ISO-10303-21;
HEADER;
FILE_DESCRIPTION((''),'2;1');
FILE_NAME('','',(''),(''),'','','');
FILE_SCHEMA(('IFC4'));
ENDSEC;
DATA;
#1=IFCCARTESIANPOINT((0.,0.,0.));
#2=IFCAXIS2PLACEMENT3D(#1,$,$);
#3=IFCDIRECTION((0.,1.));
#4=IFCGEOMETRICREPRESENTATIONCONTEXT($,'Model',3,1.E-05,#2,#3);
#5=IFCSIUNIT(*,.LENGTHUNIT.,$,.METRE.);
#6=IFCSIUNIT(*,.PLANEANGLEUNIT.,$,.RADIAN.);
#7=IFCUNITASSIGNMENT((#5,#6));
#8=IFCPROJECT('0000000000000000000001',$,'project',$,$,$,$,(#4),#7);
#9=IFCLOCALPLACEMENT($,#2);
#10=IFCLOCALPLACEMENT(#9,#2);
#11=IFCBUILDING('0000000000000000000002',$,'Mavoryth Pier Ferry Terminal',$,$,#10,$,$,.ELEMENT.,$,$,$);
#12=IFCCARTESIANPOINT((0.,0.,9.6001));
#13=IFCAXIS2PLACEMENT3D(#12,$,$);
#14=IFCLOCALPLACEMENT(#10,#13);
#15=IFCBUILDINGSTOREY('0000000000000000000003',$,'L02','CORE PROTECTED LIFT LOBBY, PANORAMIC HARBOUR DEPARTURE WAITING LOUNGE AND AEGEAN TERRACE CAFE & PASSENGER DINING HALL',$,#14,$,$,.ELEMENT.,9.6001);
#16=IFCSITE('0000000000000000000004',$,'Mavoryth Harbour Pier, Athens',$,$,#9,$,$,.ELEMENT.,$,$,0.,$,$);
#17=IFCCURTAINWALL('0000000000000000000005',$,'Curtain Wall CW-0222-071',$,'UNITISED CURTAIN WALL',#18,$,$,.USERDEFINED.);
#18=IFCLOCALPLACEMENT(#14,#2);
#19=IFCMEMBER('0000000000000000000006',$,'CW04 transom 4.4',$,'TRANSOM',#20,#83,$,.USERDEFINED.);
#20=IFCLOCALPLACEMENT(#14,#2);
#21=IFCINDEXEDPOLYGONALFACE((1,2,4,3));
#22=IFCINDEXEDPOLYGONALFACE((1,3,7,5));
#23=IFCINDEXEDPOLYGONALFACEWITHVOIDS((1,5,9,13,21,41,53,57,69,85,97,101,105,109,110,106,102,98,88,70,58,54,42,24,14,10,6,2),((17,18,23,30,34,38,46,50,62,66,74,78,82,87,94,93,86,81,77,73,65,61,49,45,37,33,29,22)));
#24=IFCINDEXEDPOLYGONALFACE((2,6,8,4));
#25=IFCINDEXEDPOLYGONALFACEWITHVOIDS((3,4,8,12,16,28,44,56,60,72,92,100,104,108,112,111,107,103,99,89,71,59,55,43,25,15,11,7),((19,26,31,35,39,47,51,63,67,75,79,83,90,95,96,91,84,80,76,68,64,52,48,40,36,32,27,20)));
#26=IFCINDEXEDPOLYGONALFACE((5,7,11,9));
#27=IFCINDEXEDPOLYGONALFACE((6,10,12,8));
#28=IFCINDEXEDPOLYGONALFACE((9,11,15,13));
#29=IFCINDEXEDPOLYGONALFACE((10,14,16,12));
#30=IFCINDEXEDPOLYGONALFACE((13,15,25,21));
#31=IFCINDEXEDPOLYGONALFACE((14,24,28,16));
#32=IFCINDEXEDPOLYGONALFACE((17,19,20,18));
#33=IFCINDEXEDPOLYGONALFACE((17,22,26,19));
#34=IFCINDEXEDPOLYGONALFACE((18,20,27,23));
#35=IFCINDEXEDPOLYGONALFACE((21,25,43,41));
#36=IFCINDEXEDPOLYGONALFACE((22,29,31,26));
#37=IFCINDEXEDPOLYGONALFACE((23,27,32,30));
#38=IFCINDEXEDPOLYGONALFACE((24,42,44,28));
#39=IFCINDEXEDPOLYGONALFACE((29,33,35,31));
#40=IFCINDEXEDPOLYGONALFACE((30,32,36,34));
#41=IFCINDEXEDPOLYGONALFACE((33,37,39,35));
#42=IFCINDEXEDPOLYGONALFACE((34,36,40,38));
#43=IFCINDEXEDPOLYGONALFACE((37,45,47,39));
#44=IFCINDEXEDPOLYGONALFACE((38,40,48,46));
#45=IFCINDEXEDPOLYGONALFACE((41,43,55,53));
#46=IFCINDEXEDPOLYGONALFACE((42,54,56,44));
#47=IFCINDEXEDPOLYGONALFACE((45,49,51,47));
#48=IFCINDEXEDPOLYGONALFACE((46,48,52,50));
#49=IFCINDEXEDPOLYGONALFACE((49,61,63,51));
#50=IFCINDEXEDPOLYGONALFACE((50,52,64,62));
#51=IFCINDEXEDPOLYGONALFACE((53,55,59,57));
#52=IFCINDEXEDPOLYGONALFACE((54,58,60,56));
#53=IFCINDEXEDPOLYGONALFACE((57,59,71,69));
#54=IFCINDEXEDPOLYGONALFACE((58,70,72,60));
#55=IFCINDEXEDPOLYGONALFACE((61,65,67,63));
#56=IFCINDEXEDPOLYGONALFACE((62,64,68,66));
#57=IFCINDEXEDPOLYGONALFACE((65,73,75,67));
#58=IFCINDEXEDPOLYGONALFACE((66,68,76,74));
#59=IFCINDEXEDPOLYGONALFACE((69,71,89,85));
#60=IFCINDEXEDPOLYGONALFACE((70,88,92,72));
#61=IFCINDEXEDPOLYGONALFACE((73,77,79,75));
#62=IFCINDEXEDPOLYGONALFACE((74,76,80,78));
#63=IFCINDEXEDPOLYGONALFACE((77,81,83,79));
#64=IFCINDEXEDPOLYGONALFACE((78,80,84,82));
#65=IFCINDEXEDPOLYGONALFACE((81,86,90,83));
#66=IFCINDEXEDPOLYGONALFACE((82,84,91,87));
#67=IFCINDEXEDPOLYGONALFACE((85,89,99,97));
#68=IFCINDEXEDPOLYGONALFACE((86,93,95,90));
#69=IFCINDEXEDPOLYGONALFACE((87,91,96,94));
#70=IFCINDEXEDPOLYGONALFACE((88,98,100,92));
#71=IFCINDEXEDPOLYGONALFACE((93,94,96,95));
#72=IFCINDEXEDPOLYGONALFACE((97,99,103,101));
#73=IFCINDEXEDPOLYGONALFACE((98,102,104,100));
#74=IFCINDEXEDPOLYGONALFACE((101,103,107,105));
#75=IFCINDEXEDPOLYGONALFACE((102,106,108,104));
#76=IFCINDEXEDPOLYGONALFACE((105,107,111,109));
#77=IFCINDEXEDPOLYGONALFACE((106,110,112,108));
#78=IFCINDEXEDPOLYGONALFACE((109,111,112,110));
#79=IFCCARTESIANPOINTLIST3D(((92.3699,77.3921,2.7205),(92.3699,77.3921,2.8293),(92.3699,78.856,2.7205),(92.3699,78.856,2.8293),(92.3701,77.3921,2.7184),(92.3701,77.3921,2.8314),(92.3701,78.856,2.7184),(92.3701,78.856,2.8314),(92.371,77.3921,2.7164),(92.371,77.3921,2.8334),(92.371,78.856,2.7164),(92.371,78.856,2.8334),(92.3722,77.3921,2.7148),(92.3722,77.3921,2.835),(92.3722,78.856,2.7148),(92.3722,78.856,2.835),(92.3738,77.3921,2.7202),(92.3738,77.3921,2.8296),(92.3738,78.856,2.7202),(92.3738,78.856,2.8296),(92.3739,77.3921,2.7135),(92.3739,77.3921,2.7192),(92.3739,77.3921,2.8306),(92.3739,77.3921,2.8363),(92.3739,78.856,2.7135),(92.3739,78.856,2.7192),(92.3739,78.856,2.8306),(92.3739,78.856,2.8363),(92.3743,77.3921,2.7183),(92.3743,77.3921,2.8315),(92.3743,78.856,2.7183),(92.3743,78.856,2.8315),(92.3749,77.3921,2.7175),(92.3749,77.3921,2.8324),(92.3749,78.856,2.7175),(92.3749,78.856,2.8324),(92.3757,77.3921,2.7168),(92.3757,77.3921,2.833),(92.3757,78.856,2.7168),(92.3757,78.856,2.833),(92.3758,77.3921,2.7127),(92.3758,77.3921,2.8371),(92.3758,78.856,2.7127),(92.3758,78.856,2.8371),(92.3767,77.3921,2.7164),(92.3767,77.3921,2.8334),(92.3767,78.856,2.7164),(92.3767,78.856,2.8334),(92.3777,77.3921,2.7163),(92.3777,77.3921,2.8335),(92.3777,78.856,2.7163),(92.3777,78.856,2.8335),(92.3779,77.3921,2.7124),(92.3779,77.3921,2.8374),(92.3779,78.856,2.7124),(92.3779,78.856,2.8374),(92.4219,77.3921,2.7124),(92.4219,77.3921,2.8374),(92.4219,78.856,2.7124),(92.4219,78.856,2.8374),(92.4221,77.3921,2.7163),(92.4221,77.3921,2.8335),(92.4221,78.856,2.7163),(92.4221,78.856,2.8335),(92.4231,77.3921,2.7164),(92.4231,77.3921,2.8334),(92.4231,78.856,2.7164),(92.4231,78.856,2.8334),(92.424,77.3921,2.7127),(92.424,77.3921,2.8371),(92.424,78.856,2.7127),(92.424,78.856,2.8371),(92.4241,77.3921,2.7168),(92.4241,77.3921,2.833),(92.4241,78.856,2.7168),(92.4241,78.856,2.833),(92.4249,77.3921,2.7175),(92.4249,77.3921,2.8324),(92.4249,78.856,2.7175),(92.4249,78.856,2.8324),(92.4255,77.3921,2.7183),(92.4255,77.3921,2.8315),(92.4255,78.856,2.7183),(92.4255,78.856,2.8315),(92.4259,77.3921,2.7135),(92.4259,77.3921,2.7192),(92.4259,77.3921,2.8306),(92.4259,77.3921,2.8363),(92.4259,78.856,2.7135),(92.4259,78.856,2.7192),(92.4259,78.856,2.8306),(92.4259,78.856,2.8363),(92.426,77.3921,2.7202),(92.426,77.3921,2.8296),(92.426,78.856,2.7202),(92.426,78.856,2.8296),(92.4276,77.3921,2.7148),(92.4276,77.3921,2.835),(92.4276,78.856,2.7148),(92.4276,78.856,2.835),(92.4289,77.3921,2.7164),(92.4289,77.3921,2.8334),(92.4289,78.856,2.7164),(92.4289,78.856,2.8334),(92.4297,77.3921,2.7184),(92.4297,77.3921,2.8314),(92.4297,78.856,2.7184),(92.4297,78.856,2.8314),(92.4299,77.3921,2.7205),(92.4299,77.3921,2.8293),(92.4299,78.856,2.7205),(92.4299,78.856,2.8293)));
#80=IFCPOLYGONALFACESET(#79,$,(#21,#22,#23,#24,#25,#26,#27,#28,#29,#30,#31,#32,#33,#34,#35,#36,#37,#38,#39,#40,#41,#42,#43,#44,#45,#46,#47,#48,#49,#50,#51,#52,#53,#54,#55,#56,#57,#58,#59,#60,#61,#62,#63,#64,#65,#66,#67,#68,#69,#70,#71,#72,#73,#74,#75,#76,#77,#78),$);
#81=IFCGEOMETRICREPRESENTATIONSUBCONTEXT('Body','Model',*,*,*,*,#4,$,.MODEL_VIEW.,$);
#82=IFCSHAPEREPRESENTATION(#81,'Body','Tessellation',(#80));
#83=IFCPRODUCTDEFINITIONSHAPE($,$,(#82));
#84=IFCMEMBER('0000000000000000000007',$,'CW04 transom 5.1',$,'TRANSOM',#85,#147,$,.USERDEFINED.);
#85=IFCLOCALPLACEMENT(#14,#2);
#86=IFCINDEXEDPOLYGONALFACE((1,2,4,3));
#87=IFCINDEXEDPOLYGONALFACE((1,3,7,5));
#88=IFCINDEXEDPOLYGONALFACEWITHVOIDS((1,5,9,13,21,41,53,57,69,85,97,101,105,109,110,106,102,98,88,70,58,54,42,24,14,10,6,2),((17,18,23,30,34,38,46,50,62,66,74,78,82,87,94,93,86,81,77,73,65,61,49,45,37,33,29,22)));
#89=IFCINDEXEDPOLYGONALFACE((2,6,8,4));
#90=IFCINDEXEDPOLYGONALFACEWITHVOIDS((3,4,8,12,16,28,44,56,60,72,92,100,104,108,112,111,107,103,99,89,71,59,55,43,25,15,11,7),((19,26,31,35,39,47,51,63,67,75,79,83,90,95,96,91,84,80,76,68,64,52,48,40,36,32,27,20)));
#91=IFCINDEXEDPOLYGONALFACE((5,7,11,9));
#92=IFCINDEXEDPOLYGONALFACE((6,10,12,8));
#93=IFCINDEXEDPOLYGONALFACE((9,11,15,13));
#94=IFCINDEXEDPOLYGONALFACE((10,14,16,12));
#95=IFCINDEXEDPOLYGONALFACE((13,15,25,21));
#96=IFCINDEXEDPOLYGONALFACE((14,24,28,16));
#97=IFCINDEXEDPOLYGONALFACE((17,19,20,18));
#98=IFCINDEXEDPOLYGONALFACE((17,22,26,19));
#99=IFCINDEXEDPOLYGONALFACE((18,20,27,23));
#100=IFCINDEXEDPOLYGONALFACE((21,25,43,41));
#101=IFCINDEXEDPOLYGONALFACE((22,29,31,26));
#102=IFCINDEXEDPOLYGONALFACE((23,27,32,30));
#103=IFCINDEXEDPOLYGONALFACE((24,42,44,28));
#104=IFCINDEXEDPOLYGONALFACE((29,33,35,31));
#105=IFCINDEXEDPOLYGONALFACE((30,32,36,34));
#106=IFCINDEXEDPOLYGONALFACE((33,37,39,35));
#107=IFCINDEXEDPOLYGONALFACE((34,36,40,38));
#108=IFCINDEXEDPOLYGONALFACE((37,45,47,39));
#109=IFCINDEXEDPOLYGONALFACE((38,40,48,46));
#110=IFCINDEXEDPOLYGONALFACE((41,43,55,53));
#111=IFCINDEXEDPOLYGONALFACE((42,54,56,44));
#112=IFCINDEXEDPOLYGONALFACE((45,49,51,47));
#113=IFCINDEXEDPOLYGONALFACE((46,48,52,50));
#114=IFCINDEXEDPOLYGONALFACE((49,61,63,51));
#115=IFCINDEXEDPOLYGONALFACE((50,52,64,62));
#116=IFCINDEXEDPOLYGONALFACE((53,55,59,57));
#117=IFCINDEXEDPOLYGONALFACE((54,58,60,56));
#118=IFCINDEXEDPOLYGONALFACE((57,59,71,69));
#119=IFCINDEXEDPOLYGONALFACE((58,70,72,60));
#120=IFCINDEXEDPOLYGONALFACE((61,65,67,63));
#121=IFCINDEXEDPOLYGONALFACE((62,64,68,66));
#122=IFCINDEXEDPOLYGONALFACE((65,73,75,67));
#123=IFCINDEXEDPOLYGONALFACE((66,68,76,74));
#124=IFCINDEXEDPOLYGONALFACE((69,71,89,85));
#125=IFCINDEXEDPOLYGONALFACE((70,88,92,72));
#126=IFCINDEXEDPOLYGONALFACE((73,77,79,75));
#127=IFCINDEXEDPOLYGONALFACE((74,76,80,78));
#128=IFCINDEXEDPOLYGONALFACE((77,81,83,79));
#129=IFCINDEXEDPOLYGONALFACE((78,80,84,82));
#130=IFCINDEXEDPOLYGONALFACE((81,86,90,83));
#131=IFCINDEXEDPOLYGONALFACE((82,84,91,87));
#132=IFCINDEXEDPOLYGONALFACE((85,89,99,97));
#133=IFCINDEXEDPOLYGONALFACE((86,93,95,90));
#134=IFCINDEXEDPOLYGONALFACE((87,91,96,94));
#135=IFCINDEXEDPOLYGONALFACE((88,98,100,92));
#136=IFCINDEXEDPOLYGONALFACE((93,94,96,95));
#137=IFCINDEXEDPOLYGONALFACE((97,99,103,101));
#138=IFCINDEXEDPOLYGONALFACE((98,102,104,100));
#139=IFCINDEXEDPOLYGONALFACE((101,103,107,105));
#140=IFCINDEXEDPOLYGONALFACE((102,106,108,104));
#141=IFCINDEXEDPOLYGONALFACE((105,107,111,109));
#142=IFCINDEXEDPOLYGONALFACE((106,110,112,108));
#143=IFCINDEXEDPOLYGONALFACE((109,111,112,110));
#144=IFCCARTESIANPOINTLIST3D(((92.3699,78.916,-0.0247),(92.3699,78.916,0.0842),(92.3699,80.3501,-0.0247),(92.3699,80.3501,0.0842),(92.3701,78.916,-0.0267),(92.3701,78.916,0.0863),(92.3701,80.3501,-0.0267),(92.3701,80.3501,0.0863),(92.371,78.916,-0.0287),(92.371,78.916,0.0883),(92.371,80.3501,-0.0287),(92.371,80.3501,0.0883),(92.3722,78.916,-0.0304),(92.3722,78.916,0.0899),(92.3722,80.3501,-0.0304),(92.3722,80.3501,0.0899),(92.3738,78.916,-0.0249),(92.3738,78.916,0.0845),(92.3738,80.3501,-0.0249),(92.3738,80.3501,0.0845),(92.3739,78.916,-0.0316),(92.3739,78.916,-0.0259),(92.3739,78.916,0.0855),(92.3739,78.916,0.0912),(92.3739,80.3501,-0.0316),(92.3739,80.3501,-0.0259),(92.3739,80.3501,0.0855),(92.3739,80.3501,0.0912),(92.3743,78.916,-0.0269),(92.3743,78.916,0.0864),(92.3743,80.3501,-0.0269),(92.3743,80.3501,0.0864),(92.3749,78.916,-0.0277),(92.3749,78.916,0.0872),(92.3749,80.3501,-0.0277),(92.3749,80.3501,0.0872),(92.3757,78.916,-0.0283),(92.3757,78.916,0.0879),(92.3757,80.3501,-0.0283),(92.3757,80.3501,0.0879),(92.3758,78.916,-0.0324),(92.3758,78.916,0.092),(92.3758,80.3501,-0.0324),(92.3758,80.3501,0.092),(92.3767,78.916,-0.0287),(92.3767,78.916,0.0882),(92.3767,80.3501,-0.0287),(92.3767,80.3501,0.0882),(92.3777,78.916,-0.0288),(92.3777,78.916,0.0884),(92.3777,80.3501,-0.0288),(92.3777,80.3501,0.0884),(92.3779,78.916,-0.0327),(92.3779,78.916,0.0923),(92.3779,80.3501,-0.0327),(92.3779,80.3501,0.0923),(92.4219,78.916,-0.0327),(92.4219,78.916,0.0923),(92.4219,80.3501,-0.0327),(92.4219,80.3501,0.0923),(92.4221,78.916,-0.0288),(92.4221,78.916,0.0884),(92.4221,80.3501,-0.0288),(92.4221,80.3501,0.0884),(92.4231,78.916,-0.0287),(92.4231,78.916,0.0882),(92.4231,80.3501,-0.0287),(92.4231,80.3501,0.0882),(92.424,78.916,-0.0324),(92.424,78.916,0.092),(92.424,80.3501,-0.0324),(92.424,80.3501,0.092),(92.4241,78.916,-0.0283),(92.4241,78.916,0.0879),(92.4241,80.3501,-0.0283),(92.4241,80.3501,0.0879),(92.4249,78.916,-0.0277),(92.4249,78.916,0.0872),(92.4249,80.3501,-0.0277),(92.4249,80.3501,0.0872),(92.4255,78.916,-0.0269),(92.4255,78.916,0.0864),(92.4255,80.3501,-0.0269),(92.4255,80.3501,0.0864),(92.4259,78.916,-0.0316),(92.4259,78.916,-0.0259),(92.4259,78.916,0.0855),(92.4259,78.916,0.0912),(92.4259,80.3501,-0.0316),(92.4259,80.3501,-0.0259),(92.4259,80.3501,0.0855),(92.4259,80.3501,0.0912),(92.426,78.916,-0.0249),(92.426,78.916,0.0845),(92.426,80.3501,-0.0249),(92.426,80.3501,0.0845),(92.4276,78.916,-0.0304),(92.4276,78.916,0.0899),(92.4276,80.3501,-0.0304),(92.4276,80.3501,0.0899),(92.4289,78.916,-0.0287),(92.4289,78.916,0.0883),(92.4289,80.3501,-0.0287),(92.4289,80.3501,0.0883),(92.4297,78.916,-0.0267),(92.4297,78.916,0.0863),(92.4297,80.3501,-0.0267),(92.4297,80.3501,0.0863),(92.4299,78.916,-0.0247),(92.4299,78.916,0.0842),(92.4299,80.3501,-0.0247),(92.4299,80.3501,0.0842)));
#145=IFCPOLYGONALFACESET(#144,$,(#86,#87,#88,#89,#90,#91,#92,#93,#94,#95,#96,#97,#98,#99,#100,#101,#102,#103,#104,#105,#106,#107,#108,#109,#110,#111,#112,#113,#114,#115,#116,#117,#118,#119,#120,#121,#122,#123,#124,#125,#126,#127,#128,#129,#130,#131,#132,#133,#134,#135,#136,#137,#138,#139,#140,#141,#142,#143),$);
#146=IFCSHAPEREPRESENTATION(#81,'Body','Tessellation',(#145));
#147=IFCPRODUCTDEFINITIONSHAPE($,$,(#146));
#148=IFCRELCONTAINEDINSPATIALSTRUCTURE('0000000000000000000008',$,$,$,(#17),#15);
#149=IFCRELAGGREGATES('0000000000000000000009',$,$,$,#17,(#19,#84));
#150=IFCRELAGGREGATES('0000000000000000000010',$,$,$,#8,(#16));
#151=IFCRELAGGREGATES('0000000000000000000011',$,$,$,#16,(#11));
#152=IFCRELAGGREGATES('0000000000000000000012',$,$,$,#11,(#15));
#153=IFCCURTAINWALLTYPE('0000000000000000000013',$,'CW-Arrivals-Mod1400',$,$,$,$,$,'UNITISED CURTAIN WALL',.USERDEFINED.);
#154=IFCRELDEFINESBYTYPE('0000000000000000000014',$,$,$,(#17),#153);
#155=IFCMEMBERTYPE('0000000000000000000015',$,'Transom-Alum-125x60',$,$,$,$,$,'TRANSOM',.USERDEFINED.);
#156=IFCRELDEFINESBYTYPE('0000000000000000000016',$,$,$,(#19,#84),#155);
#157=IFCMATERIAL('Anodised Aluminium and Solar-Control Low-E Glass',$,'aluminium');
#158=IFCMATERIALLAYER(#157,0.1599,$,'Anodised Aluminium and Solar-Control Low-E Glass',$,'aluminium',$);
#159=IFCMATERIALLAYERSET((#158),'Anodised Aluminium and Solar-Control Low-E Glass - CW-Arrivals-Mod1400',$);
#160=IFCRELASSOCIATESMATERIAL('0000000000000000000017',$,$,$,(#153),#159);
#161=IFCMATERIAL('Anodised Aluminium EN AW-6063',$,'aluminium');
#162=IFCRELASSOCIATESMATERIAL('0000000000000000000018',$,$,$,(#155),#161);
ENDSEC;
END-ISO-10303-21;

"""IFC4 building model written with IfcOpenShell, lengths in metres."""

from ifc_helpers import new_model, si_unit, direction, frame, origin, origin_2d, place, context, subcontext, project, spatial, hollow_rectangle, extrude, material, layer, layer_set, material_profile, profile_set, type_object, element, aggregate, save


model = new_model("IFC4")

# Units and contexts
model_context = context("Model", 3, precision=1e-05, world=origin(), true_north=direction((0.0, 1.0)))
body_context = subcontext(model_context, "Body", "Model", "MODEL_VIEW")
ifc_project = project(units=[si_unit("LENGTHUNIT", "METRE"), si_unit("PLANEANGLEUNIT", "RADIAN")], contexts=[model_context])

# Site, building, storey
site_placement = place(None, origin())
site = spatial("IfcSite", under=ifc_project, at=site_placement, Name="Mavoryth Harbour Pier, Athens", CompositionType="ELEMENT", RefElevation=0.0)
building_placement = place(site_placement, origin())
building = spatial("IfcBuilding", under=site, at=building_placement, Name="Mavoryth Pier Ferry Terminal", CompositionType="ELEMENT")
storey_placement = place(building_placement, frame((0.0, 0.0, 9.6001)))
storey = spatial("IfcBuildingStorey", under=building, at=storey_placement, Name="L02", Description="CORE PROTECTED LIFT LOBBY, PANORAMIC HARBOUR DEPARTURE WAITING LOUNGE AND AEGEAN TERRACE CAFE & PASSENGER DINING HALL", CompositionType="ELEMENT", Elevation=9.6001)

# Curtain wall
ifc_material_1 = material(Name="Anodised Aluminium and Solar-Control Low-E Glass", Category="aluminium")
ifc_layer_1 = layer(ifc_material_1, 0.1599, Name="Anodised Aluminium and Solar-Control Low-E Glass", Category="aluminium")
ifc_layer_set_1 = layer_set([ifc_layer_1], Name="Anodised Aluminium and Solar-Control Low-E Glass - CW-Arrivals-Mod1400")
curtain_wall_type = type_object("IfcCurtainWallType", Name="CW-Arrivals-Mod1400", ElementType="UNITISED CURTAIN WALL", PredefinedType="USERDEFINED", material=ifc_layer_set_1)
curtain_wall_1_placement = place(storey_placement, origin())
curtain_wall_1 = element("IfcCurtainWall", 1, at=curtain_wall_1_placement, inside=storey, type_object=curtain_wall_type, Name="Curtain Wall CW-0222-071", ObjectType="UNITISED CURTAIN WALL", PredefinedType="USERDEFINED")
ifc_material_2 = material(Name="Anodised Aluminium EN AW-6063", Category="aluminium")

# Members
ifc_material_profile_1 = material_profile(ifc_material_2, hollow_rectangle(XDim=0.0601, YDim=0.125, WallThickness=0.0039, InnerFilletRadius=0.0039, OuterFilletRadius=0.0081, at=origin_2d()), Name="AL-TRAN 125x60x4", Category="aluminium")
ifc_profile_set_1 = profile_set([ifc_material_profile_1], Name="Anodised Aluminium EN AW-6063 - AL-TRAN 125x60x4")
member_type_1 = type_object("IfcMemberType", Name="Transom-Alum-125x60", ElementType="TRANSOM", PredefinedType="USERDEFINED", material=ifc_profile_set_1)
member_1_placement = place(storey_placement, frame((92.3999, 77.3921, 2.7749), z_axis=(0.0, 1.0, 0.0), x_axis=(-1.0, 0.0, 0.0)))
member_1 = element("IfcMember", 2, at=member_1_placement, type_object=member_type_1, Name="CW04 transom 4.4", ObjectType="TRANSOM", PredefinedType="USERDEFINED", context=body_context, shape_type="SweptSolid", body=[
    extrude(hollow_rectangle(XDim=0.0601, YDim=0.125, WallThickness=0.0039, InnerFilletRadius=0.0039, OuterFilletRadius=0.0081, at=origin_2d()), origin(), (0.0, 0.0, 1.0), 1.4639),
])
member_2_placement = place(storey_placement, frame((92.3999, 78.916, 0.0298), z_axis=(0.0, 1.0, 0.0), x_axis=(-1.0, 0.0, 0.0)))
member_2 = element("IfcMember", 3, at=member_2_placement, type_object=member_type_1, Name="CW04 transom 5.1", ObjectType="TRANSOM", PredefinedType="USERDEFINED", context=body_context, shape_type="SweptSolid", body=[
    extrude(hollow_rectangle(XDim=0.0601, YDim=0.125, WallThickness=0.0039, InnerFilletRadius=0.0039, OuterFilletRadius=0.0081, at=origin_2d()), origin(), (0.0, 0.0, 1.0), 1.4341),
])

aggregate(curtain_wall_1, [member_1, member_2])

save(model, "model.ifc")
